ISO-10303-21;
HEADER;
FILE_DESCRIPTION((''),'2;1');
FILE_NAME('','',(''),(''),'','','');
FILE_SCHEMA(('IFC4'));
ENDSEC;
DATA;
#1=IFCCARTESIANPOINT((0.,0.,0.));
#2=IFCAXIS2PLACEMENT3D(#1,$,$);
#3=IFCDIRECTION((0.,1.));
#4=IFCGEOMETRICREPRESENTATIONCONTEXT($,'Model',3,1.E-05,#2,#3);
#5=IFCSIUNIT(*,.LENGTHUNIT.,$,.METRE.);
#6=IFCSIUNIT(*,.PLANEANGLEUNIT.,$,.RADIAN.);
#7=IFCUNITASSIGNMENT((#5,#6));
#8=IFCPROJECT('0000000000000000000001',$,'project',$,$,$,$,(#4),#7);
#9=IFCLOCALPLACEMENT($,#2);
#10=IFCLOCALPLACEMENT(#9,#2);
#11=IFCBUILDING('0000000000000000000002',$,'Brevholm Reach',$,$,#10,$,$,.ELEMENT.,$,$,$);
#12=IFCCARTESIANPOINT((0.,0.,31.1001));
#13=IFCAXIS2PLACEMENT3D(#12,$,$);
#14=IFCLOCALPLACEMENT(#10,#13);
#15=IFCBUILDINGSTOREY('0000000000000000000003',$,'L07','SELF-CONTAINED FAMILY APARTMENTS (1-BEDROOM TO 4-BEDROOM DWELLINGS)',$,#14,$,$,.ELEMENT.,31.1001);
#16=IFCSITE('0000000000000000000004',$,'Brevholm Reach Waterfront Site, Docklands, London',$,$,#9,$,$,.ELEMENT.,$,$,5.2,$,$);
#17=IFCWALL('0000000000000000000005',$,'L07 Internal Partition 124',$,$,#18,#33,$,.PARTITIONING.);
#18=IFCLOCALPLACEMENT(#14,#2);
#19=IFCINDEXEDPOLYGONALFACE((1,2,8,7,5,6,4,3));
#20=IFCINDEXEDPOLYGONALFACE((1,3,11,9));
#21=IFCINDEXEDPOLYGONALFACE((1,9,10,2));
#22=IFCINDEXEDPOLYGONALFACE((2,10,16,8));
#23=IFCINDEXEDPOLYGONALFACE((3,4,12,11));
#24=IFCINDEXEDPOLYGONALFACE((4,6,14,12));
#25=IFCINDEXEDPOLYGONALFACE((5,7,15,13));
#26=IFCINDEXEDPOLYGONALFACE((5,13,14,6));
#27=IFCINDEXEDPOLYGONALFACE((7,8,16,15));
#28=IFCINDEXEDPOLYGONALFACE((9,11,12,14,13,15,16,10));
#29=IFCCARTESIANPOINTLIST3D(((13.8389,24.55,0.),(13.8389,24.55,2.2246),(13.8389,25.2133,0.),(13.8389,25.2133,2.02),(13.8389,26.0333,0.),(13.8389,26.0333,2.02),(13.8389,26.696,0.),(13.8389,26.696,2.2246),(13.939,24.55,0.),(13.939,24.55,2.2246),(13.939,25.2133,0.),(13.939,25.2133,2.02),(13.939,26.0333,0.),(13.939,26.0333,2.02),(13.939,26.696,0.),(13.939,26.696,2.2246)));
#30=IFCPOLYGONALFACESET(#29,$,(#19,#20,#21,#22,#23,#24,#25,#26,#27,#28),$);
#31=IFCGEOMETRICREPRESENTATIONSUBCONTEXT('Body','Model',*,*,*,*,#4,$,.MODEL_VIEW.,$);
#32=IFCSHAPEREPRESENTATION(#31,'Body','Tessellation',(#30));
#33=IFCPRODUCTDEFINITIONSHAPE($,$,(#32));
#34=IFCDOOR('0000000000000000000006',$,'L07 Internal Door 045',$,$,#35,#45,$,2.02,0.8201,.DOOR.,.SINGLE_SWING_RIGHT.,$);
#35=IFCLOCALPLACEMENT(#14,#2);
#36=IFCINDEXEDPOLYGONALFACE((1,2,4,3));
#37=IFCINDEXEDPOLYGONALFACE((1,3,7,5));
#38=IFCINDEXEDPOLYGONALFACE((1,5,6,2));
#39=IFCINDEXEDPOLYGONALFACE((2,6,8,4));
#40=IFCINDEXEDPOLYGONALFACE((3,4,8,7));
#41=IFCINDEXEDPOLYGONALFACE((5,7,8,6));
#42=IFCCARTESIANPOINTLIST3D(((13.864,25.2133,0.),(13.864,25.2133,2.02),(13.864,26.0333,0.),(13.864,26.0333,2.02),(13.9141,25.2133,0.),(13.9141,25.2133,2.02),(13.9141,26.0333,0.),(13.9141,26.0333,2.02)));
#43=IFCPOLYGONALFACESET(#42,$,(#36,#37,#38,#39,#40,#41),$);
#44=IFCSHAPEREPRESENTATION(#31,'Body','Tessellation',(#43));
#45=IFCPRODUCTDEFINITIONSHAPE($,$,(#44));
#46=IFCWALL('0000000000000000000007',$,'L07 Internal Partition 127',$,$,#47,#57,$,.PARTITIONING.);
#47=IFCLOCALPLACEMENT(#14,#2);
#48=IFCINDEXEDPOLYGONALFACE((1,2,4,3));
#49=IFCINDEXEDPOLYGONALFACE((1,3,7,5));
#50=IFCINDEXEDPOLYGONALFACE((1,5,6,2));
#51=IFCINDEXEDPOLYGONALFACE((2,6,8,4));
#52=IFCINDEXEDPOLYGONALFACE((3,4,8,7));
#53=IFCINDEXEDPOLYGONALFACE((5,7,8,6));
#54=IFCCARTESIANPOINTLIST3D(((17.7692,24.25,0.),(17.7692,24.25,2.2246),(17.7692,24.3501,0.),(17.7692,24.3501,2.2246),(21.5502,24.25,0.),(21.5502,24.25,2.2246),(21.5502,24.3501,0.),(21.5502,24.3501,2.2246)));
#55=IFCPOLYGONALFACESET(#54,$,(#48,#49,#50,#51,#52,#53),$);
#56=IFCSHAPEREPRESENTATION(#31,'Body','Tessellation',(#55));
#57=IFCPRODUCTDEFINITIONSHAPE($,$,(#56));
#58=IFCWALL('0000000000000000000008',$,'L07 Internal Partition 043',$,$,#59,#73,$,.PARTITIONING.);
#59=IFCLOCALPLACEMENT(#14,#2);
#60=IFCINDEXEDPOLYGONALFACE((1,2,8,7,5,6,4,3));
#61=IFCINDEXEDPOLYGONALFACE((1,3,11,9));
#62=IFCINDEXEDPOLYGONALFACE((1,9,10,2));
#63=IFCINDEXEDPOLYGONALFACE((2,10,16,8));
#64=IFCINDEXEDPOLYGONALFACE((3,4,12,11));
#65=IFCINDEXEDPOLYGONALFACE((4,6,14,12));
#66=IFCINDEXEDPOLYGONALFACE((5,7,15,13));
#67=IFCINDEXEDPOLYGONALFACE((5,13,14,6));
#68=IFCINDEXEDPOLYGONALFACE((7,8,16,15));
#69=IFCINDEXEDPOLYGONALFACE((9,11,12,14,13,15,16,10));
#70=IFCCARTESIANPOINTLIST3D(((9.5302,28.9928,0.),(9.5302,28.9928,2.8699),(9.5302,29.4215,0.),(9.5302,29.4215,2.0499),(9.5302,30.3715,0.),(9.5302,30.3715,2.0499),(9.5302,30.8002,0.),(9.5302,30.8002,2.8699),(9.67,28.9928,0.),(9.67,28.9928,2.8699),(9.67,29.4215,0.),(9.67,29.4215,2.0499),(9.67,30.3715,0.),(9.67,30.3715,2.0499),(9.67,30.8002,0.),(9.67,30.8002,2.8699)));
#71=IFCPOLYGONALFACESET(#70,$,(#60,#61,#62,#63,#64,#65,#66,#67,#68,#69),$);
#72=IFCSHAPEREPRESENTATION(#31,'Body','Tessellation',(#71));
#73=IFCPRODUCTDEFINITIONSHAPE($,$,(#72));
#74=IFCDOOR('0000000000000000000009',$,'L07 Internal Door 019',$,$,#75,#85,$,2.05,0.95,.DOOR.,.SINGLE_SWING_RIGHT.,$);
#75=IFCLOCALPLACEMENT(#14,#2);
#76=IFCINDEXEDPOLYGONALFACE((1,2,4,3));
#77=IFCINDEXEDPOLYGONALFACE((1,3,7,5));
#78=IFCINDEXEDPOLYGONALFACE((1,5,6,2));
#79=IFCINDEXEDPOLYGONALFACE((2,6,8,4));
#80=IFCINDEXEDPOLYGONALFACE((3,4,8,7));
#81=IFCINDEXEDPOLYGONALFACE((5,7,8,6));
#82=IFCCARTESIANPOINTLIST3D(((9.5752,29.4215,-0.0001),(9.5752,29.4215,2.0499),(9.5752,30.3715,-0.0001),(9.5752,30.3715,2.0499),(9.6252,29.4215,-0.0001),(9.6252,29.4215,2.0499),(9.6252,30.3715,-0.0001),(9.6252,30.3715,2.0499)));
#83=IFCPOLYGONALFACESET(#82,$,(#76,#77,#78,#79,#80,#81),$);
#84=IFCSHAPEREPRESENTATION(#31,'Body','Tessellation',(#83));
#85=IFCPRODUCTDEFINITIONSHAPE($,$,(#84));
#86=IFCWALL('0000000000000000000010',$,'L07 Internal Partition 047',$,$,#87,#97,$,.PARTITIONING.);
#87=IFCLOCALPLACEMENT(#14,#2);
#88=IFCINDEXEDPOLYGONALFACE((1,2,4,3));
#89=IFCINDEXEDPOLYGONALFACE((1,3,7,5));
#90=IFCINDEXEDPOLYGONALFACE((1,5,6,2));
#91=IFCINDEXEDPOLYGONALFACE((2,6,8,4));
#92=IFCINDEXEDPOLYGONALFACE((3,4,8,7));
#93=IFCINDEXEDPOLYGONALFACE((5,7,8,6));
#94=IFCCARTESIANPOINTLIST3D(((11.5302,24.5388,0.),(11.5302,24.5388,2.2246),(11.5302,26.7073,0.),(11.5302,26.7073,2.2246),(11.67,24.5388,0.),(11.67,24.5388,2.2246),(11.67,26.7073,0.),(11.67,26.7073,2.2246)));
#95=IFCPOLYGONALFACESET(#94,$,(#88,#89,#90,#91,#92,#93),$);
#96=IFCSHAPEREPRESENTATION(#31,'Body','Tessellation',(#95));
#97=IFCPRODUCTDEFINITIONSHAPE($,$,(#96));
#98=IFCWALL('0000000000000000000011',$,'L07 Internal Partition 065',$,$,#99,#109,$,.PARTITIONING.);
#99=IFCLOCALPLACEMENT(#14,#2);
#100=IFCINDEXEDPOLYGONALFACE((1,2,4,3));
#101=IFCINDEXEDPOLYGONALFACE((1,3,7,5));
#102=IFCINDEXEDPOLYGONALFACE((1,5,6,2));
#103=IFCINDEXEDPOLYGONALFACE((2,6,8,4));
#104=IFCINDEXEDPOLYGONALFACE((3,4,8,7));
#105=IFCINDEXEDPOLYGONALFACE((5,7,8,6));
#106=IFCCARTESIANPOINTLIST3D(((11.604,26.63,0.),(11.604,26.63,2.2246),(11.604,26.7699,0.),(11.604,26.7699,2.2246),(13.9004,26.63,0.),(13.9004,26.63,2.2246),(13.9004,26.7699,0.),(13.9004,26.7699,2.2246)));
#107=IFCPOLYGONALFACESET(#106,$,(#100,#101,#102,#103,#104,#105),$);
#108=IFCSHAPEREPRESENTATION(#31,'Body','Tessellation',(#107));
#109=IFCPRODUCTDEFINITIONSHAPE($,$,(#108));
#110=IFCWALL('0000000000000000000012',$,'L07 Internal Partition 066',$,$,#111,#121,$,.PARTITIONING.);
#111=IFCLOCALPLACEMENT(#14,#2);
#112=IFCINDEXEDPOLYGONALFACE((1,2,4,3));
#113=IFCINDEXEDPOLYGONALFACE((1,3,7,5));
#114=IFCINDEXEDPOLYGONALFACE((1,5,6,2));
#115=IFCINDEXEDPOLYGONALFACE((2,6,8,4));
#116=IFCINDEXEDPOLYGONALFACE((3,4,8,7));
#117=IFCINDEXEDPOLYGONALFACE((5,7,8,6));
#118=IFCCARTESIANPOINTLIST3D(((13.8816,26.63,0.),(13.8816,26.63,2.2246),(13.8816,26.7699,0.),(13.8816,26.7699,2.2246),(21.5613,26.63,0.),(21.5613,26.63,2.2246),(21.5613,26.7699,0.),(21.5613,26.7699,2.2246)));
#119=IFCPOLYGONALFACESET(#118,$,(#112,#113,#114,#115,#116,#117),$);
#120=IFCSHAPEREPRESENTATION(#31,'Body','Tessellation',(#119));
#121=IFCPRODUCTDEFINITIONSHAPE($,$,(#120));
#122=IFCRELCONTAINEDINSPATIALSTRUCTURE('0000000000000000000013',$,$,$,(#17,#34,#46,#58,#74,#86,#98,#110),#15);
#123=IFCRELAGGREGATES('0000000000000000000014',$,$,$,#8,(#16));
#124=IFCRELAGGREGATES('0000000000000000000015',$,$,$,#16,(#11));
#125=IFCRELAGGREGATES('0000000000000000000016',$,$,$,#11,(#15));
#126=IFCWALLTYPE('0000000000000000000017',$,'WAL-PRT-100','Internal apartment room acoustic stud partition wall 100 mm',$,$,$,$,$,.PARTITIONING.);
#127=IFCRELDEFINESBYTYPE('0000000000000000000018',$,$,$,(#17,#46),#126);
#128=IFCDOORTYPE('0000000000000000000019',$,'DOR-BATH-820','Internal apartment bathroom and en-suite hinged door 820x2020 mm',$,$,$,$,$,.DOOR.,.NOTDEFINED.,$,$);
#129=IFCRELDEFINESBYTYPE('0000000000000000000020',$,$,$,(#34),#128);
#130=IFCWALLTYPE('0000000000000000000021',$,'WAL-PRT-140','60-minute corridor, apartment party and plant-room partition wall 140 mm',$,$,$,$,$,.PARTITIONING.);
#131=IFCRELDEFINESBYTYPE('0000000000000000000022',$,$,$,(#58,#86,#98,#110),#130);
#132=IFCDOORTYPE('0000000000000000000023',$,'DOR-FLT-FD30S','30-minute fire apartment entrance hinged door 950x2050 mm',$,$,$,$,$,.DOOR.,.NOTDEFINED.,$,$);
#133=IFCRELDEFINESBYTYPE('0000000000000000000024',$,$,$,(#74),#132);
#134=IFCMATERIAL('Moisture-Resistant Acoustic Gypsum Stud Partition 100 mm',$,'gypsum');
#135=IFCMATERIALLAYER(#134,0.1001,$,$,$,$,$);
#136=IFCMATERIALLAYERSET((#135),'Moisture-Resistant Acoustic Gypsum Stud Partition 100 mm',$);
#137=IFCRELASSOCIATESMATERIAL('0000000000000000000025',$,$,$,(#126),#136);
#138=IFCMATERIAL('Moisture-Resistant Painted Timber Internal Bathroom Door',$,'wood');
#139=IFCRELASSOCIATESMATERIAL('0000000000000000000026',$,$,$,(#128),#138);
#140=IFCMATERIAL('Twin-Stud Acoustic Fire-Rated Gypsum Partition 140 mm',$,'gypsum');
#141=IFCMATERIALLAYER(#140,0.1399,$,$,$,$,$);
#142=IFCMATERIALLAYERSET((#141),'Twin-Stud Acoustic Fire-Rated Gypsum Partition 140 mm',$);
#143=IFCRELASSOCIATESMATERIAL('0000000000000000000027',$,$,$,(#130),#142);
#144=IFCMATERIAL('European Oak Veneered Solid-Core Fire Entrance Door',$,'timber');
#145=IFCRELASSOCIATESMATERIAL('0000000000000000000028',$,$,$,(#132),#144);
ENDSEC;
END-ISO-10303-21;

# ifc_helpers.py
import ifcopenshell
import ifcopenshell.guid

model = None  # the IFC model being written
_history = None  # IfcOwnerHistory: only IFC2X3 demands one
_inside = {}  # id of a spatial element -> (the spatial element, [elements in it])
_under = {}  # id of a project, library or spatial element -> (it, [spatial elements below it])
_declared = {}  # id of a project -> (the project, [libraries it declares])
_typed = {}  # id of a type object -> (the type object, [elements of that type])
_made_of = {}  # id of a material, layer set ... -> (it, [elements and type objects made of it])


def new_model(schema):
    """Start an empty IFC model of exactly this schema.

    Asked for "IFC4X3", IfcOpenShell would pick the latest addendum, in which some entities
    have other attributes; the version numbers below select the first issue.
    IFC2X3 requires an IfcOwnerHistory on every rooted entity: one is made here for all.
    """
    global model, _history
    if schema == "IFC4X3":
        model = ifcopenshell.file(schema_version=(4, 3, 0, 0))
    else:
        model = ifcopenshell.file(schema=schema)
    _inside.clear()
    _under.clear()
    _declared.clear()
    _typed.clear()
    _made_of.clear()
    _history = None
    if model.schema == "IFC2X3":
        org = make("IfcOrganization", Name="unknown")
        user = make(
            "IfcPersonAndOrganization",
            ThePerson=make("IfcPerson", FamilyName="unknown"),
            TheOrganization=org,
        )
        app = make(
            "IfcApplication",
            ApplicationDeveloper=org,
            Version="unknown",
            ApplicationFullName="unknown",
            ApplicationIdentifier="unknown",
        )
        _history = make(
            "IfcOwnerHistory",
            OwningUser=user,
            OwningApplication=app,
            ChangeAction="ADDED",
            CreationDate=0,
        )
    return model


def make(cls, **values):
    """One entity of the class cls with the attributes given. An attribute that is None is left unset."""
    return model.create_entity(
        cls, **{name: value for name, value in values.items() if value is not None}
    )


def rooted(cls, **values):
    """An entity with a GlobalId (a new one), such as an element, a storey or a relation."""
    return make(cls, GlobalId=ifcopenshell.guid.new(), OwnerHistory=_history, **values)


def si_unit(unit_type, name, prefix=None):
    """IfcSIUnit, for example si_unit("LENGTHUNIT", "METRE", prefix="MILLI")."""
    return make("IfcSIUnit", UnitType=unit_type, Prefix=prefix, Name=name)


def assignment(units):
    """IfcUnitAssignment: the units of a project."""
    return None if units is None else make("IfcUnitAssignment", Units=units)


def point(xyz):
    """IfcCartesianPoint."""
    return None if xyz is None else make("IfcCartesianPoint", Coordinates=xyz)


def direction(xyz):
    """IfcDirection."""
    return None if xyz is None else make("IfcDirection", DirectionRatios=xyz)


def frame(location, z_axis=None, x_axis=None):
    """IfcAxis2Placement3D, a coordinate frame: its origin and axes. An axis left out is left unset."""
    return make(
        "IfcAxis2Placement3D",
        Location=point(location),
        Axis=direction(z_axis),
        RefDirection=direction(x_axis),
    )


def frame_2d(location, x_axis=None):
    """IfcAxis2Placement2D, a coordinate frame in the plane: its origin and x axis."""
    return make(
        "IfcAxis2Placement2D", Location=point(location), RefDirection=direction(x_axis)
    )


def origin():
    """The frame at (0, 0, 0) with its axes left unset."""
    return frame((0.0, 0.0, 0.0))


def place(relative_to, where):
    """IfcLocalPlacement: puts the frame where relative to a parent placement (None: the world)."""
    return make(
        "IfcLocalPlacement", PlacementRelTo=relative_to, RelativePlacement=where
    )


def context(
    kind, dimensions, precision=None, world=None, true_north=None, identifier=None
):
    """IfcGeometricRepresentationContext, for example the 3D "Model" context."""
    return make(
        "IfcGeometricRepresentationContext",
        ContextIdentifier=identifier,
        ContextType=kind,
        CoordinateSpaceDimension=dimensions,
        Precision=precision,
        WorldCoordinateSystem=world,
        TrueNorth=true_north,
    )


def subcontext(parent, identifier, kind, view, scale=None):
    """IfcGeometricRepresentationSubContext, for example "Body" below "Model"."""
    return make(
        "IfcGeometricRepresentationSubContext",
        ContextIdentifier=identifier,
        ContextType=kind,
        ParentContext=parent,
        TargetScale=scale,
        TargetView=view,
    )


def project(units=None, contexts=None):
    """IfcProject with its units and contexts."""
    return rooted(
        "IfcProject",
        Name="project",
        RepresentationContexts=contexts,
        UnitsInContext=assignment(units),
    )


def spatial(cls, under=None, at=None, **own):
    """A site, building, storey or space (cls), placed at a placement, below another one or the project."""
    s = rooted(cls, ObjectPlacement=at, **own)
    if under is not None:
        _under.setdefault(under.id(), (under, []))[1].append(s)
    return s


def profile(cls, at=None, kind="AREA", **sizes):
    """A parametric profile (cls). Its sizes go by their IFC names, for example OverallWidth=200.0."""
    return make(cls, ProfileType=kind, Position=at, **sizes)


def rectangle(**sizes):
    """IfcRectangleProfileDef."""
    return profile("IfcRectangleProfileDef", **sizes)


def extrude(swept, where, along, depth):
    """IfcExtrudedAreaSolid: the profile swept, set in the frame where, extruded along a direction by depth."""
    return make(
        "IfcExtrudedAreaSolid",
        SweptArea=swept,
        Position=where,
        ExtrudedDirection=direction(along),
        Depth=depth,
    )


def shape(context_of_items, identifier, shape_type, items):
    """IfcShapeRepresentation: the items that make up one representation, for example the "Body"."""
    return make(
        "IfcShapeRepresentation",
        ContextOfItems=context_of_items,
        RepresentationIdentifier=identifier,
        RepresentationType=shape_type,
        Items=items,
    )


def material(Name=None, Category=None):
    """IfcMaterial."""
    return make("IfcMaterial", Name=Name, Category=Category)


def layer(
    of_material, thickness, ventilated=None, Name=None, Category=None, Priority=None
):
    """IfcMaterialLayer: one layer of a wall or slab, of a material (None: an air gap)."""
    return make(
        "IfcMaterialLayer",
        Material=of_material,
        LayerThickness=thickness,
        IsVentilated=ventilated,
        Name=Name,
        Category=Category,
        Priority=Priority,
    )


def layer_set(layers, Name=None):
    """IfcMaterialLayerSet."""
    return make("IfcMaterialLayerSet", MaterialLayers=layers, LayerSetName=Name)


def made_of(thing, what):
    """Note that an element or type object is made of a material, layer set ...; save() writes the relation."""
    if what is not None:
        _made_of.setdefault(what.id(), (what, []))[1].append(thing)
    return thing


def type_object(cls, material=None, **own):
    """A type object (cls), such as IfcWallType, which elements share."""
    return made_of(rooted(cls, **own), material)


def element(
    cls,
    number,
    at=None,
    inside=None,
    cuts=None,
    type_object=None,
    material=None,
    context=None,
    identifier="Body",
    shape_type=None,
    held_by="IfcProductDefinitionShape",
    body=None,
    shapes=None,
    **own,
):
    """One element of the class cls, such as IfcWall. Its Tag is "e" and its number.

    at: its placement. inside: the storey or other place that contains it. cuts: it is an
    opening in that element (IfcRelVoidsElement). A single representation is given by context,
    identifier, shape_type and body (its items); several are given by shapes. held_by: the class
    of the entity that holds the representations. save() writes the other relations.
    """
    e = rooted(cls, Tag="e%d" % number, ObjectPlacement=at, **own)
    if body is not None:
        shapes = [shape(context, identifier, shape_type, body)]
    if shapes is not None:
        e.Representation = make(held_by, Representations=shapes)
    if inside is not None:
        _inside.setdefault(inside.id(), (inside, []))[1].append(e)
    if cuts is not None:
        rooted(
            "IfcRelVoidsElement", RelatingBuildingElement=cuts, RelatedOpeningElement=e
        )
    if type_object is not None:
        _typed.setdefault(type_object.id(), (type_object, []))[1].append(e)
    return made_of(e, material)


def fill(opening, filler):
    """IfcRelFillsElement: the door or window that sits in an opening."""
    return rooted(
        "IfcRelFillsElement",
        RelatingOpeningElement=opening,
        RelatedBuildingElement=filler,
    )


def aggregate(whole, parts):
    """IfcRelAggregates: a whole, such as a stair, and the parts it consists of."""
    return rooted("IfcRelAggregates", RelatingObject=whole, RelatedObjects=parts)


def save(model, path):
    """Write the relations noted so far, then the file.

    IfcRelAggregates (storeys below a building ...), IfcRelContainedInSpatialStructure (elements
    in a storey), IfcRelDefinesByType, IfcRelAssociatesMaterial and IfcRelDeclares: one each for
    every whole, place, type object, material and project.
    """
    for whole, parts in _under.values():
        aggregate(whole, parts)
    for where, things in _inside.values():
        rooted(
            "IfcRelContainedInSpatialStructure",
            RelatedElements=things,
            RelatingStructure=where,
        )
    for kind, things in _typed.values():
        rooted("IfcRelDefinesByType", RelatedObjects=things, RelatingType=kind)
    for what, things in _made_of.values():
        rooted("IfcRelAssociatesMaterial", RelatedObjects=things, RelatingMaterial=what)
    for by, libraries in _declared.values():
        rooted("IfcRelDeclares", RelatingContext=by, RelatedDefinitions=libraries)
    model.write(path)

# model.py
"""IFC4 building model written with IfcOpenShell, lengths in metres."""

from ifc_helpers import new_model, si_unit, direction, frame, frame_2d, origin, place, context, subcontext, project, spatial, rectangle, extrude, material, layer, layer_set, type_object, element, fill, save


model = new_model("IFC4")

# Units and contexts
model_context = context("Model", 3, precision=1e-05, world=origin(), true_north=direction((0.0, 1.0)))
body_context = subcontext(model_context, "Body", "Model", "MODEL_VIEW")
ifc_project = project(units=[si_unit("LENGTHUNIT", "METRE"), si_unit("PLANEANGLEUNIT", "RADIAN")], contexts=[model_context])

# Site, building, storey
site_placement = place(None, origin())
site = spatial("IfcSite", under=ifc_project, at=site_placement, Name="Brevholm Reach Waterfront Site, Docklands, London", CompositionType="ELEMENT", RefElevation=5.2)
building_placement = place(site_placement, origin())
building = spatial("IfcBuilding", under=site, at=building_placement, Name="Brevholm Reach", CompositionType="ELEMENT")
storey_placement = place(building_placement, frame((0.0, 0.0, 31.1001)))
storey = spatial("IfcBuildingStorey", under=building, at=storey_placement, Name="L07", Description="SELF-CONTAINED FAMILY APARTMENTS (1-BEDROOM TO 4-BEDROOM DWELLINGS)", CompositionType="ELEMENT", Elevation=31.1001)

# Shared definitions
ifc_material_1 = material(Name="Moisture-Resistant Acoustic Gypsum Stud Partition 100 mm", Category="gypsum")
ifc_layer_1 = layer(ifc_material_1, 0.1001)
ifc_layer_set_1 = layer_set([ifc_layer_1], Name="Moisture-Resistant Acoustic Gypsum Stud Partition 100 mm")
wall_type_1 = type_object("IfcWallType", Name="WAL-PRT-100", Description="Internal apartment room acoustic stud partition wall 100 mm", PredefinedType="PARTITIONING", material=ifc_layer_set_1)

# Wall, opening, door
wall_1_placement = place(storey_placement, frame((13.8889, 24.55, 0.0), z_axis=(0.0, 0.0, 1.0), x_axis=(0.0, 1.0, 0.0)))
wall_1 = element("IfcWall", 1, at=wall_1_placement, inside=storey, type_object=wall_type_1, Name="L07 Internal Partition 124", PredefinedType="PARTITIONING", context=body_context, shape_type="SweptSolid", body=[
    extrude(rectangle(XDim=2.146, YDim=0.1001, at=frame_2d((1.073, 0.0))), origin(), (0.0, 0.0, 1.0), 2.2246),
])
opening_1_placement = place(wall_1_placement, frame((0.6631, 0.0, 0.0)))
opening_1 = element("IfcOpeningElement", 2, at=opening_1_placement, cuts=wall_1, PredefinedType="OPENING", context=body_context, shape_type="SweptSolid", body=[
    extrude(rectangle(XDim=0.8201, YDim=2.02, at=frame_2d((0.4102, 1.01))), frame((0.0, 0.0601, 0.0), z_axis=(0.0, -1.0, 0.0), x_axis=(1.0, 0.0, 0.0)), (0.0, 0.0, 1.0), 0.1201),
])
ifc_material_2 = material(Name="Moisture-Resistant Painted Timber Internal Bathroom Door", Category="wood")
door_type_1 = type_object("IfcDoorType", Name="DOR-BATH-820", Description="Internal apartment bathroom and en-suite hinged door 820x2020 mm", OperationType="NOTDEFINED", PredefinedType="DOOR", material=ifc_material_2)
door_1_placement = place(opening_1_placement, origin())
door_1 = element("IfcDoor", 3, at=door_1_placement, inside=storey, type_object=door_type_1, Name="L07 Internal Door 045", OperationType="SINGLE_SWING_RIGHT", OverallHeight=2.02, OverallWidth=0.8201, PredefinedType="DOOR", context=body_context, shape_type="SweptSolid", body=[
    extrude(rectangle(XDim=0.8201, YDim=2.02, at=frame_2d((0.4102, 1.01))), frame((0.0, 0.0249, 0.0), z_axis=(0.0, -1.0, 0.0), x_axis=(1.0, 0.0, 0.0)), (0.0, 0.0, 1.0), 0.05),
])
fill(opening_1, door_1)

# Wall
wall_2_placement = place(storey_placement, frame((17.769, 24.3, 0.0), z_axis=(0.0, 0.0, 1.0), x_axis=(1.0, 0.0, 0.0)))
element("IfcWall", 4, at=wall_2_placement, inside=storey, type_object=wall_type_1, Name="L07 Internal Partition 127", PredefinedType="PARTITIONING", context=body_context, shape_type="SweptSolid", body=[
    extrude(rectangle(XDim=3.781, YDim=0.1001, at=frame_2d((1.8906, 0.0))), origin(), (0.0, 0.0, 1.0), 2.2246),
])

# Wall, opening, door
ifc_material_3 = material(Name="Twin-Stud Acoustic Fire-Rated Gypsum Partition 140 mm", Category="gypsum")
ifc_layer_2 = layer(ifc_material_3, 0.1399)
ifc_layer_set_2 = layer_set([ifc_layer_2], Name="Twin-Stud Acoustic Fire-Rated Gypsum Partition 140 mm")
wall_type_2 = type_object("IfcWallType", Name="WAL-PRT-140", Description="60-minute corridor, apartment party and plant-room partition wall 140 mm", PredefinedType="PARTITIONING", material=ifc_layer_set_2)
wall_3_placement = place(storey_placement, frame((9.6001, 28.9927, 0.0), z_axis=(0.0, 0.0, 1.0), x_axis=(0.0, 1.0, 0.0)))
wall_3 = element("IfcWall", 5, at=wall_3_placement, inside=storey, type_object=wall_type_2, Name="L07 Internal Partition 043", PredefinedType="PARTITIONING", context=body_context, shape_type="SweptSolid", body=[
    extrude(rectangle(XDim=1.8074, YDim=0.1399, at=frame_2d((0.9038, 0.0))), origin(), (0.0, 0.0, 1.0), 2.8699),
])
opening_2_placement = place(wall_3_placement, frame((0.4287, 0.0, 0.0)))
opening_2 = element("IfcOpeningElement", 6, at=opening_2_placement, cuts=wall_3, PredefinedType="OPENING", context=body_context, shape_type="SweptSolid", body=[
    extrude(rectangle(XDim=0.95, YDim=2.05, at=frame_2d((0.4751, 1.0249))), frame((0.0, 0.0798, 0.0), z_axis=(0.0, -1.0, 0.0), x_axis=(1.0, 0.0, 0.0)), (0.0, 0.0, 1.0), 0.1599),
])
ifc_material_4 = material(Name="European Oak Veneered Solid-Core Fire Entrance Door", Category="timber")
door_type_2 = type_object("IfcDoorType", Name="DOR-FLT-FD30S", Description="30-minute fire apartment entrance hinged door 950x2050 mm", OperationType="NOTDEFINED", PredefinedType="DOOR", material=ifc_material_4)
door_2_placement = place(opening_2_placement, origin())
door_2 = element("IfcDoor", 7, at=door_2_placement, inside=storey, type_object=door_type_2, Name="L07 Internal Door 019", OperationType="SINGLE_SWING_RIGHT", OverallHeight=2.05, OverallWidth=0.95, PredefinedType="DOOR", context=body_context, shape_type="SweptSolid", body=[
    extrude(rectangle(XDim=0.95, YDim=2.05, at=frame_2d((0.4751, 1.0249))), frame((0.0, 0.0249, 0.0), z_axis=(0.0, -1.0, 0.0), x_axis=(1.0, 0.0, 0.0)), (0.0, 0.0, 1.0), 0.05),
])
fill(opening_2, door_2)

# Walls
wall_4_placement = place(storey_placement, frame((11.6001, 24.5388, 0.0), z_axis=(0.0, 0.0, 1.0), x_axis=(0.0, 1.0, 0.0)))
element("IfcWall", 8, at=wall_4_placement, inside=storey, type_object=wall_type_2, Name="L07 Internal Partition 047", PredefinedType="PARTITIONING", context=body_context, shape_type="SweptSolid", body=[
    extrude(rectangle(XDim=2.1685, YDim=0.1399, at=frame_2d((1.0842, 0.0))), origin(), (0.0, 0.0, 1.0), 2.2246),
])
wall_5_placement = place(storey_placement, frame((11.604, 26.7, 0.0), z_axis=(0.0, 0.0, 1.0), x_axis=(1.0, 0.0, 0.0)))
element("IfcWall", 9, at=wall_5_placement, inside=storey, type_object=wall_type_2, Name="L07 Internal Partition 065", PredefinedType="PARTITIONING", context=body_context, shape_type="SweptSolid", body=[
    extrude(rectangle(XDim=2.2964, YDim=0.1399, at=frame_2d((1.1482, 0.0))), origin(), (0.0, 0.0, 1.0), 2.2246),
])
wall_6_placement = place(storey_placement, frame((13.8816, 26.7, 0.0), z_axis=(0.0, 0.0, 1.0), x_axis=(1.0, 0.0, 0.0)))
element("IfcWall", 10, at=wall_6_placement, inside=storey, type_object=wall_type_2, Name="L07 Internal Partition 066", PredefinedType="PARTITIONING", context=body_context, shape_type="SweptSolid", body=[
    extrude(rectangle(XDim=7.6797, YDim=0.1399, at=frame_2d((3.8398, 0.0))), origin(), (0.0, 0.0, 1.0), 2.2246),
])

save(model, "model.ifc")
